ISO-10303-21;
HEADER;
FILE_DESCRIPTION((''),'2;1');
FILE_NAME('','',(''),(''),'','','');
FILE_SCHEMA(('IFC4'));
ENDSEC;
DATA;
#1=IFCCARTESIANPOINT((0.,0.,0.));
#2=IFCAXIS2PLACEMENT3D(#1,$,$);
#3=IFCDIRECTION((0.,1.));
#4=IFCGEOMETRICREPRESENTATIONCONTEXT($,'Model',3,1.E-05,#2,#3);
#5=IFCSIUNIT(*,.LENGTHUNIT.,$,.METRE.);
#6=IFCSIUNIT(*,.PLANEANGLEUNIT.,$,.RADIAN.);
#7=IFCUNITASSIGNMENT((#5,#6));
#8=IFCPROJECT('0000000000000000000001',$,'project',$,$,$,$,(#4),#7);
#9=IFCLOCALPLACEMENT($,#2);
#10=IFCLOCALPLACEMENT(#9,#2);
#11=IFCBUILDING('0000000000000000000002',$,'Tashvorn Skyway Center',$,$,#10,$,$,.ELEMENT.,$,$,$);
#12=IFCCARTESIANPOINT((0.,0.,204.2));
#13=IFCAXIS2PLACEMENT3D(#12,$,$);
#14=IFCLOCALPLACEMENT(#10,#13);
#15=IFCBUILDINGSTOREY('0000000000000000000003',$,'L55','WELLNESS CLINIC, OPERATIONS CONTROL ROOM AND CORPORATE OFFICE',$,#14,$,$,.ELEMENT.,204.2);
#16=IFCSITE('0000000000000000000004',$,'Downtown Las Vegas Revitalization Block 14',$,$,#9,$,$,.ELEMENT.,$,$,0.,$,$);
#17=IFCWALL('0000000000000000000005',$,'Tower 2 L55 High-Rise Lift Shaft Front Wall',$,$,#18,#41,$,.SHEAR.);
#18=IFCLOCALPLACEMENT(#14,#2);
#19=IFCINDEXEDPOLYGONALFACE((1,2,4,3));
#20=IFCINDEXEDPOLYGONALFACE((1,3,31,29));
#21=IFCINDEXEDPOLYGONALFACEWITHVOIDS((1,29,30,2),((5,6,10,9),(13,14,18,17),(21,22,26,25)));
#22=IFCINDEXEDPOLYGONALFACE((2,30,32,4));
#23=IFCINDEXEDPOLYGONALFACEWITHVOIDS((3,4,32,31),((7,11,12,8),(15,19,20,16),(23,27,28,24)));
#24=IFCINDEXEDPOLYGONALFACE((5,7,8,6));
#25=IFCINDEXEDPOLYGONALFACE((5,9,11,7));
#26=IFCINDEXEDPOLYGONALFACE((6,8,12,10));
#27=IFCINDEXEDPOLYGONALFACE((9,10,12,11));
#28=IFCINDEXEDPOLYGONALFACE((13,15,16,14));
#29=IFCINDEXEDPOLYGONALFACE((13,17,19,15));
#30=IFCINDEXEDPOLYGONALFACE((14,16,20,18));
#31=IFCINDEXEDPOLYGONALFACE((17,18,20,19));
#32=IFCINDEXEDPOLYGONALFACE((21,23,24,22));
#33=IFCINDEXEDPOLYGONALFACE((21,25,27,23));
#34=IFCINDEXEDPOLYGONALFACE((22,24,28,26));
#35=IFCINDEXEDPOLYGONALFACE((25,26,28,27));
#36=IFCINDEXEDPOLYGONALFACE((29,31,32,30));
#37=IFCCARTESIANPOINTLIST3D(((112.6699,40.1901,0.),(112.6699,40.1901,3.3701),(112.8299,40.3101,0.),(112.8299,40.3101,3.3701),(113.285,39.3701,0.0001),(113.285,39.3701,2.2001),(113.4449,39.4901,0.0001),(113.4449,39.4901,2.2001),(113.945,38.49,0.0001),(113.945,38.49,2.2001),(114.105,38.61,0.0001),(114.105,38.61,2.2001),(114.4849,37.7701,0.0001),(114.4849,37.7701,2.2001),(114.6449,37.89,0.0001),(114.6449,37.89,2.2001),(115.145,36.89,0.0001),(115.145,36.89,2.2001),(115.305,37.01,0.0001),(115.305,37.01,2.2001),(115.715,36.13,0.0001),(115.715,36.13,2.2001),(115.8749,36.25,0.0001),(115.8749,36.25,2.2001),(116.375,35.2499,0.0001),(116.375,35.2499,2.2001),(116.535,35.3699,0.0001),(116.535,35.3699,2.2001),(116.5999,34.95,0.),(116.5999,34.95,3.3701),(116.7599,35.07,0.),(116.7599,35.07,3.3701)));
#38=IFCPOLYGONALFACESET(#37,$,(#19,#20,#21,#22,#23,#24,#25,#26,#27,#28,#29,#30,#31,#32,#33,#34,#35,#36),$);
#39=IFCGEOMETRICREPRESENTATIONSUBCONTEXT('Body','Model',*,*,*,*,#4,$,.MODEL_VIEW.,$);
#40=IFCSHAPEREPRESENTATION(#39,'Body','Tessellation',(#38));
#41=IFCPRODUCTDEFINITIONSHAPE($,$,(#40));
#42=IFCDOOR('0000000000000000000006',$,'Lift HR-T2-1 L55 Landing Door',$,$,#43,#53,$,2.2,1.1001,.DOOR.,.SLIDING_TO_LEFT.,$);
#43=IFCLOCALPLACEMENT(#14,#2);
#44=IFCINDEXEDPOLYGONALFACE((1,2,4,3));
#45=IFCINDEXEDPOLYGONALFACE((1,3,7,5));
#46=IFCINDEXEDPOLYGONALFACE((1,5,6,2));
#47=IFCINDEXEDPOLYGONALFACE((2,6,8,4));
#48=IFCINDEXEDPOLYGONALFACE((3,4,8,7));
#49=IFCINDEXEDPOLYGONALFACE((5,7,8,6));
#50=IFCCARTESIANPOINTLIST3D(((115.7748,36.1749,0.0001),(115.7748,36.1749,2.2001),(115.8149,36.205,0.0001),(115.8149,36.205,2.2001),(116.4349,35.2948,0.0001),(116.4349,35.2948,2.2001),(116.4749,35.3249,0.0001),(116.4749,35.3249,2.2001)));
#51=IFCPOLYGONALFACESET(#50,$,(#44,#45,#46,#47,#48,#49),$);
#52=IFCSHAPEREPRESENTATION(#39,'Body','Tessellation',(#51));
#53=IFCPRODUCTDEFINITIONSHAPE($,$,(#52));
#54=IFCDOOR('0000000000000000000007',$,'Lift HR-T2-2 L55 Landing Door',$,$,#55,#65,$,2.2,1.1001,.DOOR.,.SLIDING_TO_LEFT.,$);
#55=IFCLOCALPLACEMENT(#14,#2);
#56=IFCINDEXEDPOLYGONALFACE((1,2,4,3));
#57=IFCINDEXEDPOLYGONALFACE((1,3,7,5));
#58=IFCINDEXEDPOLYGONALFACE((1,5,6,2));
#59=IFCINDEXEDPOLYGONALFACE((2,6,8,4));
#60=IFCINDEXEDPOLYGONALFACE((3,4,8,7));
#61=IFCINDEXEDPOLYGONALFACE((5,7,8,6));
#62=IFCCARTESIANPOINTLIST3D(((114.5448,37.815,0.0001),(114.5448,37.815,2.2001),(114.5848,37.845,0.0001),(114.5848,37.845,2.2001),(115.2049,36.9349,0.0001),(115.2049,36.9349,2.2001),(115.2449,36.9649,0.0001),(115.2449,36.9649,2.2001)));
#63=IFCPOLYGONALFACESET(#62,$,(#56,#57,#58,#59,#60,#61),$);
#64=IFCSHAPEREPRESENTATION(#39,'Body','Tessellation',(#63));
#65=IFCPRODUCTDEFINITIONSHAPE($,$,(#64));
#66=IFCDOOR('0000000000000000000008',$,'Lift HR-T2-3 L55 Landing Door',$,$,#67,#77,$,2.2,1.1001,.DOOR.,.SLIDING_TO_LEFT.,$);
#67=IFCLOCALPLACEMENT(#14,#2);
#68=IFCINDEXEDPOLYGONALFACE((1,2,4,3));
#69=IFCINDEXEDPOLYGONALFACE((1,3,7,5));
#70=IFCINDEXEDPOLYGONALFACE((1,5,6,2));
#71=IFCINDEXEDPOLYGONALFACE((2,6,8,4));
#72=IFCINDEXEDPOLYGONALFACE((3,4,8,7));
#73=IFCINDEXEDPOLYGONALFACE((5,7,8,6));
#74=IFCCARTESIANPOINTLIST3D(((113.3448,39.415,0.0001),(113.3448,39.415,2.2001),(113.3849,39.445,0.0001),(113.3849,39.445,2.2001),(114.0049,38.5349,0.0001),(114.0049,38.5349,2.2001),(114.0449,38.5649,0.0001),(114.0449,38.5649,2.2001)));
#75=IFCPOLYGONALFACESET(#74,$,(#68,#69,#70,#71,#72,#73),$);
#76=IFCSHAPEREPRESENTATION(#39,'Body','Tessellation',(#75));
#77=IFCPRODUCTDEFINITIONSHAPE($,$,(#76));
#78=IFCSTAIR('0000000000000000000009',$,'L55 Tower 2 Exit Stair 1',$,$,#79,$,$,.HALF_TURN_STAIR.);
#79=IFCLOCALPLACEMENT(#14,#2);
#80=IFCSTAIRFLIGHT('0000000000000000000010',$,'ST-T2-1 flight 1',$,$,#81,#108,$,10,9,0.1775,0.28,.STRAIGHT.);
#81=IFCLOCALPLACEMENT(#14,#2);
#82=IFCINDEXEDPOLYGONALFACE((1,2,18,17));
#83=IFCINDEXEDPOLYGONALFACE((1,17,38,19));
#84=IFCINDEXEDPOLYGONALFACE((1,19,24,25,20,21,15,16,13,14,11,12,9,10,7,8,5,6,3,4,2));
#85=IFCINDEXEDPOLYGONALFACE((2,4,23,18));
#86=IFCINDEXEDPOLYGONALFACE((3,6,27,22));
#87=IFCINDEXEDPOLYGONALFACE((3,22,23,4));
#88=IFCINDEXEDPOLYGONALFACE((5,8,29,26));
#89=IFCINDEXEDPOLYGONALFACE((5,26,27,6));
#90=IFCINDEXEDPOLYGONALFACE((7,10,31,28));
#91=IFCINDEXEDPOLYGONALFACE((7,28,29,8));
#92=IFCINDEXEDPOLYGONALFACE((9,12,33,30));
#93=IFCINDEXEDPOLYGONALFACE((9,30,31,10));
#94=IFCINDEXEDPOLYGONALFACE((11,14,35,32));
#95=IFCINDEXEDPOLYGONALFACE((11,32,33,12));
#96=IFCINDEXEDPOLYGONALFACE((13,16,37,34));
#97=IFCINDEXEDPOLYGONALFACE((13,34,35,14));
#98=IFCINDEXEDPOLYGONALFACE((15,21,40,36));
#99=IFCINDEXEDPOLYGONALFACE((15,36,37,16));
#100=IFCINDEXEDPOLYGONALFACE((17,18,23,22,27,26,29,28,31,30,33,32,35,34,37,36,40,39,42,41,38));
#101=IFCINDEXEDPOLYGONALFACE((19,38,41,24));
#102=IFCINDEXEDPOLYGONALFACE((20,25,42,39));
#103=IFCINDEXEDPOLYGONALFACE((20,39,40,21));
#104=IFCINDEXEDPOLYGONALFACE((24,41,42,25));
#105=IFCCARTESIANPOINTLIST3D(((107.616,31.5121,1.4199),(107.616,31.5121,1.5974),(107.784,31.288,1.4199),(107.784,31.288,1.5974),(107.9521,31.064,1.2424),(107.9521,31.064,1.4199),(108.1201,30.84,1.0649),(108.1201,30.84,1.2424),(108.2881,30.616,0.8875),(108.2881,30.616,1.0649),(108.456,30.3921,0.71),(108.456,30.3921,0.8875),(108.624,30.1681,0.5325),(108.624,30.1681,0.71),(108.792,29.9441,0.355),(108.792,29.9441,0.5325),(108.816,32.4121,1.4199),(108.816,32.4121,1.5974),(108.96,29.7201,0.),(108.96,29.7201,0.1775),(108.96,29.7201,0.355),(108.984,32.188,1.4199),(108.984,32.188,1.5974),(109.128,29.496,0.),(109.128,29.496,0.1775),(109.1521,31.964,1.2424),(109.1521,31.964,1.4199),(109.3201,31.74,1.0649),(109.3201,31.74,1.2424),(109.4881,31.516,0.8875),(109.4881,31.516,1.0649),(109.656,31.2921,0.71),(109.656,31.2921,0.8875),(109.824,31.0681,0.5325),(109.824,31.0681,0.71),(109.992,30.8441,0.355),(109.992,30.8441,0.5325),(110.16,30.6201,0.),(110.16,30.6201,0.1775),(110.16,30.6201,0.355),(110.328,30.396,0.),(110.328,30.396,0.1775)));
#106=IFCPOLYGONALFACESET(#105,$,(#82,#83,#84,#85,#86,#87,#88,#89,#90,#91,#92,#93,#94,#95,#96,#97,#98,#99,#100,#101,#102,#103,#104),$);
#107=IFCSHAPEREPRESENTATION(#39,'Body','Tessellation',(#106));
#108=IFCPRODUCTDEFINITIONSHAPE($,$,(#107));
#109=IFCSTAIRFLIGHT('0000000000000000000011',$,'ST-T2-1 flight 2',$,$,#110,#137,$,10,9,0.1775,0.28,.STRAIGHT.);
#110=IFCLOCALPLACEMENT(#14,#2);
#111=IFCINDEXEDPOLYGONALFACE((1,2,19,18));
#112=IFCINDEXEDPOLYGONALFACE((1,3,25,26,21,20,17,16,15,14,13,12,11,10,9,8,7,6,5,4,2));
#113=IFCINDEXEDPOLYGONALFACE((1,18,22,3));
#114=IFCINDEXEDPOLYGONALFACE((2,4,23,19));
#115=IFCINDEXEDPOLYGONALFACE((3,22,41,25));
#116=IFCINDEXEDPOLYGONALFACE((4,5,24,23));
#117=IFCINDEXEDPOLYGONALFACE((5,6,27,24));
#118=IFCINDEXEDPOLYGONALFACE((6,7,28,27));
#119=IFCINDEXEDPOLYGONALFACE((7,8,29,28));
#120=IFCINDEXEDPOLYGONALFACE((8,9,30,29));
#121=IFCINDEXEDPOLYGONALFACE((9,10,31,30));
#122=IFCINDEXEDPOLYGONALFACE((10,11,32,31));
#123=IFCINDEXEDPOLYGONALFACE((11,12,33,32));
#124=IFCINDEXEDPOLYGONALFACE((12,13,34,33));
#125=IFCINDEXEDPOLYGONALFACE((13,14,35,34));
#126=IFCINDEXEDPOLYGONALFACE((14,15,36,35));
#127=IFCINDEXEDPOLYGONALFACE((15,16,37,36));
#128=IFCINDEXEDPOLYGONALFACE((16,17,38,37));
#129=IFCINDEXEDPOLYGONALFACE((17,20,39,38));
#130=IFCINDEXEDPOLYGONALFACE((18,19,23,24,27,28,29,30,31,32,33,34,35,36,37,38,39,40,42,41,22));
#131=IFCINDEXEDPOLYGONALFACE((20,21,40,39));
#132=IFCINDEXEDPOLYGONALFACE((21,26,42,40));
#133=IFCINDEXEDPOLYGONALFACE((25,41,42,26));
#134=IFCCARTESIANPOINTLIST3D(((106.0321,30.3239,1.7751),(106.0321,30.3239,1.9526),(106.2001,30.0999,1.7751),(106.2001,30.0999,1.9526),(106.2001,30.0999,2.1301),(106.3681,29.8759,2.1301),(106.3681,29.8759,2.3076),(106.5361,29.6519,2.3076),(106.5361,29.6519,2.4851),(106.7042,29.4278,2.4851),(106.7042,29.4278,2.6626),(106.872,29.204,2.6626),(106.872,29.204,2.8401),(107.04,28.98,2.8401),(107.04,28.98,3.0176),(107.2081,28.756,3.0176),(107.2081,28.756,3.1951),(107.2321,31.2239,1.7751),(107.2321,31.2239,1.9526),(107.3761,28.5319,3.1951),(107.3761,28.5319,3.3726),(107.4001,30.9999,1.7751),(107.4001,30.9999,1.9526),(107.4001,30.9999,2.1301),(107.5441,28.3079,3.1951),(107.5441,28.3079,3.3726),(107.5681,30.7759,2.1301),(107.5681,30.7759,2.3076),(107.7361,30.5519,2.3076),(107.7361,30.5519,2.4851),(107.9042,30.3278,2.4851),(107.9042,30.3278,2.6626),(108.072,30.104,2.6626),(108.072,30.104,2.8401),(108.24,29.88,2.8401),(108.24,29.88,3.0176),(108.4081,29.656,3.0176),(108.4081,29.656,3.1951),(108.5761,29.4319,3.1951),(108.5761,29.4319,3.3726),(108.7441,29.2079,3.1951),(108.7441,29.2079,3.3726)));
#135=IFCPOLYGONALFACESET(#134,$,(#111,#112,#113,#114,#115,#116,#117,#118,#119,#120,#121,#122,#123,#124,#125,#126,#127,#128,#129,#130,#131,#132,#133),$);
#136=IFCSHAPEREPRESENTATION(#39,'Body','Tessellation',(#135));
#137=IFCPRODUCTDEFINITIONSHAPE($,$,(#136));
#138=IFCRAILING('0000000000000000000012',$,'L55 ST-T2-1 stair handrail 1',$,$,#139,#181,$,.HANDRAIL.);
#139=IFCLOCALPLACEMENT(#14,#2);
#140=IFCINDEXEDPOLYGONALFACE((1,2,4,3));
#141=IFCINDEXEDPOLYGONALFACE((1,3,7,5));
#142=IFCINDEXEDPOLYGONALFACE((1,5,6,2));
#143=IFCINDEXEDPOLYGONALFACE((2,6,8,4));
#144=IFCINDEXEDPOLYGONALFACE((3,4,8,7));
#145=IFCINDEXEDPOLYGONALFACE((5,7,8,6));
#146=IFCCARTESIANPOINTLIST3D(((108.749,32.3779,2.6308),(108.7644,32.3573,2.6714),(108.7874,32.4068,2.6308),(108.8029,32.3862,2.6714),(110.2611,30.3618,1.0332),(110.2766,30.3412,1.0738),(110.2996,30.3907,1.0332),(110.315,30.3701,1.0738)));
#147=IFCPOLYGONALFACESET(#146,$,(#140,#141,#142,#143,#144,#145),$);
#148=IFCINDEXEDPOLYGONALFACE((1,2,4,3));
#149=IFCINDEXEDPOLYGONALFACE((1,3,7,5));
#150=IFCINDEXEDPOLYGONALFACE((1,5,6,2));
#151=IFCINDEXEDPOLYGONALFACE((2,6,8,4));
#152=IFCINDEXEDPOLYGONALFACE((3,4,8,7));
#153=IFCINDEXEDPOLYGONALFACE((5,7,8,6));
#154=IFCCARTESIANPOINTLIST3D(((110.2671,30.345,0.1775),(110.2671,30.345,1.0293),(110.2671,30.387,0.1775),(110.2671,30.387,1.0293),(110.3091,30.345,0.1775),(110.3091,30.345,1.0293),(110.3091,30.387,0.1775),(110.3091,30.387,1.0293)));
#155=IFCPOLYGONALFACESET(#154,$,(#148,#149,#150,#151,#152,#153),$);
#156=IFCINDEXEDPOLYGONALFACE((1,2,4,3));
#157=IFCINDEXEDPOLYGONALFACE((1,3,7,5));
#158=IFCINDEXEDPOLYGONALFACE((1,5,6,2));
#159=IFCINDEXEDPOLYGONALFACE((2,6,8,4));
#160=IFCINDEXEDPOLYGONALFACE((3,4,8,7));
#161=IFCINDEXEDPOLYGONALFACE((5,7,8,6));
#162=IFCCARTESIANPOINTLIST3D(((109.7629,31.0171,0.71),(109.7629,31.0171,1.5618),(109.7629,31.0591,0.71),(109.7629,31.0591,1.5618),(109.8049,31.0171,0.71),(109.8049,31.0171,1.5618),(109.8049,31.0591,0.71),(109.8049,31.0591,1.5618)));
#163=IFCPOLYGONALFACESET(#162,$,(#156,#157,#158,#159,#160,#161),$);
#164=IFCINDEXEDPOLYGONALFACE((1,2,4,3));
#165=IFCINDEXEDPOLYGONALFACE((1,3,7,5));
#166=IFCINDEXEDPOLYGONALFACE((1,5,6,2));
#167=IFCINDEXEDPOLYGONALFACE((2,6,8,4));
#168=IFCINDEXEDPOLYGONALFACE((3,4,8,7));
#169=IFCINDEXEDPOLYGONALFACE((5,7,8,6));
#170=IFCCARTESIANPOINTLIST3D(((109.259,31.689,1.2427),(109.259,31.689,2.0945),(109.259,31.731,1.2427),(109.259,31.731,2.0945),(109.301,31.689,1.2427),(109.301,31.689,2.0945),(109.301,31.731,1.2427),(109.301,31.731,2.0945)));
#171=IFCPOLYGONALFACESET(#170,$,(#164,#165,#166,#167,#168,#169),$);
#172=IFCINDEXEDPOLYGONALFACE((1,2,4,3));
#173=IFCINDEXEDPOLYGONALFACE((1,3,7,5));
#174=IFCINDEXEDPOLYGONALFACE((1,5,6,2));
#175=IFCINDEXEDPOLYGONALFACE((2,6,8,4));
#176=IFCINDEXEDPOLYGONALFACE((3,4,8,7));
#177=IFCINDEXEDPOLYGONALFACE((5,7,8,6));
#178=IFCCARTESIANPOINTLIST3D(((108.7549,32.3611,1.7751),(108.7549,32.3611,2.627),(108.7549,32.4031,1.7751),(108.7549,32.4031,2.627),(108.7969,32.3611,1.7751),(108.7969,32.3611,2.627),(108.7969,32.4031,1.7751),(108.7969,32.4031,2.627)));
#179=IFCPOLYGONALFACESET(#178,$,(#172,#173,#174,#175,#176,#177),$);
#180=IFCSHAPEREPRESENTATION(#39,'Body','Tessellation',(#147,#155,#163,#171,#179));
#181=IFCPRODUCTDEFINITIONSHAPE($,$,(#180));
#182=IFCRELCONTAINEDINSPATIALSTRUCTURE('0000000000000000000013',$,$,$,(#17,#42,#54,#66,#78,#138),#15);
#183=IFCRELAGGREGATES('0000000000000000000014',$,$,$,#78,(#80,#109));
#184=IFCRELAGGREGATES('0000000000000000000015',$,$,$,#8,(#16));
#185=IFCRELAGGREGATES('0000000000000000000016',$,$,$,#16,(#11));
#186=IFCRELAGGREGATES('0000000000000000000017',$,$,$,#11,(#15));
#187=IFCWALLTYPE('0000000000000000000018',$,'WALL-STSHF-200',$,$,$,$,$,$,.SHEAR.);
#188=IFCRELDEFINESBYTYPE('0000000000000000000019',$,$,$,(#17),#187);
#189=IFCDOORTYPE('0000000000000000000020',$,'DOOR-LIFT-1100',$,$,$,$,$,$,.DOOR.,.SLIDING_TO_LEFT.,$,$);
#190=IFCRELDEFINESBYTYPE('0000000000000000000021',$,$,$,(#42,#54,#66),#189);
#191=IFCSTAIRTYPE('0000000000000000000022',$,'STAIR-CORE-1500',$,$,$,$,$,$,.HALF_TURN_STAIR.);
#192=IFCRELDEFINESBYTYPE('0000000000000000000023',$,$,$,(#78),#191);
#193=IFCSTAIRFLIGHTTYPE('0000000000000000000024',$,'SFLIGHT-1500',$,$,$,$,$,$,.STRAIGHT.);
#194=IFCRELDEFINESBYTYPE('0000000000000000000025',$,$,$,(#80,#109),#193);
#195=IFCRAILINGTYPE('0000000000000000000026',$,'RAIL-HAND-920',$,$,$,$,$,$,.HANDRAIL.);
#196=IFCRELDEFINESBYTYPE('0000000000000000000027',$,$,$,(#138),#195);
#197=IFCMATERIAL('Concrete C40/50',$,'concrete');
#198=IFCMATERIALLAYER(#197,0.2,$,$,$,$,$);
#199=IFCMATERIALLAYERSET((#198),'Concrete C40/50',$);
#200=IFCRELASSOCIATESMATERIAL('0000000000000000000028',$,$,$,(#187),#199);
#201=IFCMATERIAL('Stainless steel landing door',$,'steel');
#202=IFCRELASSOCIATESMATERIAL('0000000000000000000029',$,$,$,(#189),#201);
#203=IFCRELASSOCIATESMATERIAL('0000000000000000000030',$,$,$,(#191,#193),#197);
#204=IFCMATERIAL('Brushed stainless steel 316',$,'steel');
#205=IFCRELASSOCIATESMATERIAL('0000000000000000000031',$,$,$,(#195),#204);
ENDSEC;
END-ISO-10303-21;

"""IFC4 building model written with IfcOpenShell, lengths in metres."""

from ifc_helpers import new_model, si_unit, direction, frame, frame_2d, origin, origin_2d, place, context, subcontext, project, spatial, polyline, rectangle, outline, extrude, material, layer, layer_set, type_object, element, fill, aggregate, save


model = new_model("IFC4")

# Units and contexts
model_context = context("Model", 3, precision=1e-05, world=origin(), true_north=direction((0.0, 1.0)))
body_context = subcontext(model_context, "Body", "Model", "MODEL_VIEW")
ifc_project = project(units=[si_unit("LENGTHUNIT", "METRE"), si_unit("PLANEANGLEUNIT", "RADIAN")], contexts=[model_context])

# Site, building, storey
site_placement = place(None, origin())
site = spatial("IfcSite", under=ifc_project, at=site_placement, Name="Downtown Las Vegas Revitalization Block 14", CompositionType="ELEMENT", RefElevation=0.0)
building_placement = place(site_placement, origin())
building = spatial("IfcBuilding", under=site, at=building_placement, Name="Tashvorn Skyway Center", CompositionType="ELEMENT")
storey_placement = place(building_placement, frame((0.0, 0.0, 204.2)))
storey = spatial("IfcBuildingStorey", under=building, at=storey_placement, Name="L55", Description="WELLNESS CLINIC, OPERATIONS CONTROL ROOM AND CORPORATE OFFICE", CompositionType="ELEMENT", Elevation=204.2)

# Shared definitions
ifc_material_1 = material(Name="Concrete C40/50", Category="concrete")

# Wall, openings, doors
ifc_layer_1 = layer(ifc_material_1, 0.2)
ifc_layer_set_1 = layer_set([ifc_layer_1], Name="Concrete C40/50")
wall_type_1 = type_object("IfcWallType", Name="WALL-STSHF-200", PredefinedType="SHEAR", material=ifc_layer_set_1)
wall_1_placement = place(storey_placement, frame((112.75, 40.25, 0.0), z_axis=(0.0, 0.0, 1.0), x_axis=(0.599994, -0.800004, 0.0)))
wall_1 = element("IfcWall", 1, at=wall_1_placement, inside=storey, type_object=wall_type_1, Name="Tower 2 L55 High-Rise Lift Shaft Front Wall", PredefinedType="SHEAR", context=body_context, shape_type="SweptSolid", body=[
    extrude(rectangle(XDim=6.55, YDim=0.2, at=frame_2d((3.2749, 0.0))), origin(), (0.0, 0.0, 1.0), 3.3701),
])
opening_1_placement = place(wall_1_placement, frame((5.075, 0.0, 0.0)))
opening_1 = element("IfcOpeningElement", 2, at=opening_1_placement, cuts=wall_1, PredefinedType="OPENING", context=body_context, shape_type="SweptSolid", body=[
    extrude(rectangle(XDim=1.1001, YDim=2.2, at=frame_2d((0.55, 1.1001))), frame((0.0, 0.1099, 0.0), z_axis=(0.0, -1.0, 0.0), x_axis=(1.0, 0.0, 0.0)), (0.0, 0.0, 1.0), 0.22),
])
opening_2_placement = place(wall_1_placement, frame((3.0249, 0.0, 0.0)))
opening_2 = element("IfcOpeningElement", 3, at=opening_2_placement, cuts=wall_1, PredefinedType="OPENING", context=body_context, shape_type="SweptSolid", body=[
    extrude(rectangle(XDim=1.1001, YDim=2.2, at=frame_2d((0.55, 1.1001))), frame((0.0, 0.1099, 0.0), z_axis=(0.0, -1.0, 0.0), x_axis=(1.0, 0.0, 0.0)), (0.0, 0.0, 1.0), 0.22),
])
opening_3_placement = place(wall_1_placement, frame((1.0249, 0.0, 0.0)))
opening_3 = element("IfcOpeningElement", 4, at=opening_3_placement, cuts=wall_1, PredefinedType="OPENING", context=body_context, shape_type="SweptSolid", body=[
    extrude(rectangle(XDim=1.1001, YDim=2.2, at=frame_2d((0.55, 1.1001))), frame((0.0, 0.1099, 0.0), z_axis=(0.0, -1.0, 0.0), x_axis=(1.0, 0.0, 0.0)), (0.0, 0.0, 1.0), 0.22),
])
ifc_material_2 = material(Name="Stainless steel landing door", Category="steel")
door_type_1 = type_object("IfcDoorType", Name="DOOR-LIFT-1100", OperationType="SLIDING_TO_LEFT", PredefinedType="DOOR", material=ifc_material_2)
door_1_placement = place(opening_1_placement, origin())
door_1 = element("IfcDoor", 5, at=door_1_placement, inside=storey, type_object=door_type_1, Name="Lift HR-T2-1 L55 Landing Door", OperationType="SLIDING_TO_LEFT", OverallHeight=2.2, OverallWidth=1.1001, PredefinedType="DOOR", context=body_context, shape_type="SweptSolid", body=[
    extrude(rectangle(XDim=1.1001, YDim=2.2, at=frame_2d((0.55, 1.1001))), frame((0.0, 0.0249, 0.0), z_axis=(0.0, -1.0, 0.0), x_axis=(1.0, 0.0, 0.0)), (0.0, 0.0, 1.0), 0.05),
])
fill(opening_1, door_1)
door_2_placement = place(opening_2_placement, origin())
door_2 = element("IfcDoor", 6, at=door_2_placement, inside=storey, type_object=door_type_1, Name="Lift HR-T2-2 L55 Landing Door", OperationType="SLIDING_TO_LEFT", OverallHeight=2.2, OverallWidth=1.1001, PredefinedType="DOOR", context=body_context, shape_type="SweptSolid", body=[
    extrude(rectangle(XDim=1.1001, YDim=2.2, at=frame_2d((0.55, 1.1001))), frame((0.0, 0.0249, 0.0), z_axis=(0.0, -1.0, 0.0), x_axis=(1.0, 0.0, 0.0)), (0.0, 0.0, 1.0), 0.05),
])
fill(opening_2, door_2)
door_3_placement = place(opening_3_placement, origin())
door_3 = element("IfcDoor", 7, at=door_3_placement, inside=storey, type_object=door_type_1, Name="Lift HR-T2-3 L55 Landing Door", OperationType="SLIDING_TO_LEFT", OverallHeight=2.2, OverallWidth=1.1001, PredefinedType="DOOR", context=body_context, shape_type="SweptSolid", body=[
    extrude(rectangle(XDim=1.1001, YDim=2.2, at=frame_2d((0.55, 1.1001))), frame((0.0, 0.0249, 0.0), z_axis=(0.0, -1.0, 0.0), x_axis=(1.0, 0.0, 0.0)), (0.0, 0.0, 1.0), 0.05),
])
fill(opening_3, door_3)

# Stair, stair flights
stair_type = type_object("IfcStairType", Name="STAIR-CORE-1500", PredefinedType="HALF_TURN_STAIR", material=ifc_material_1)
stair_placement = place(storey_placement, origin())
stair = element("IfcStair", 8, at=stair_placement, inside=storey, type_object=stair_type, Name="L55 Tower 2 Exit Stair 1", PredefinedType="HALF_TURN_STAIR")
stair_flight_type = type_object("IfcStairFlightType", Name="SFLIGHT-1500", PredefinedType="STRAIGHT", material=ifc_material_1)
stair_flight_1_placement = place(storey_placement, frame((109.728, 29.946, 0.0), z_axis=(0.0, 0.0, 1.0), x_axis=(-0.6, 0.8, 0.0)))
stair_flight_1 = element("IfcStairFlight", 9, at=stair_flight_1_placement, type_object=stair_flight_type, Name="ST-T2-1 flight 1", NumberOfRisers=10, NumberOfTreads=9, PredefinedType="STRAIGHT", RiserHeight=0.1775, TreadLength=0.28, context=body_context, shape_type="SweptSolid", body=[
    extrude(outline(polyline([(0.0, 0.0), (0.0, 0.1775), (0.28, 0.1775), (0.28, 0.355), (0.5601, 0.355), (0.5601, 0.5325), (0.8401, 0.5325), (0.8401, 0.71), (1.1201, 0.71), (1.1201, 0.8875), (1.3999, 0.8875), (1.3999, 1.0649), (1.6799, 1.0649), (1.6799, 1.2424), (1.96, 1.2424), (1.96, 1.4199), (2.24, 1.4199), (2.24, 1.5974), (2.52, 1.5974), (2.52, 1.7749), (2.52, 1.4199), (0.28, 0.0), (0.0, 0.0)])), frame((0.0, 0.75, 0.0), z_axis=(0.0, -1.0, 0.0), x_axis=(1.0, 0.0, 0.0)), (0.0, 0.0, 1.0), 1.5),
])
stair_flight_2_placement = place(storey_placement, frame((106.6321, 30.7739, 1.7751), z_axis=(0.0, 0.0, 1.0), x_axis=(0.6, -0.8, 0.0)))
stair_flight_2 = element("IfcStairFlight", 10, at=stair_flight_2_placement, type_object=stair_flight_type, Name="ST-T2-1 flight 2", NumberOfRisers=10, NumberOfTreads=9, PredefinedType="STRAIGHT", RiserHeight=0.1775, TreadLength=0.28, context=body_context, shape_type="SweptSolid", body=[
    extrude(outline(polyline([(0.0, 0.0), (0.0, 0.1775), (0.28, 0.1775), (0.28, 0.355), (0.5601, 0.355), (0.5601, 0.5325), (0.8401, 0.5325), (0.8401, 0.71), (1.1201, 0.71), (1.1201, 0.8875), (1.3999, 0.8875), (1.3999, 1.0649), (1.6799, 1.0649), (1.6799, 1.2424), (1.96, 1.2424), (1.96, 1.4199), (2.24, 1.4199), (2.24, 1.5974), (2.52, 1.5974), (2.52, 1.7749), (2.52, 1.4199), (0.28, 0.0), (0.0, 0.0)])), frame((0.0, 0.75, 0.0), z_axis=(0.0, -1.0, 0.0), x_axis=(1.0, 0.0, 0.0)), (0.0, 0.0, 1.0), 1.5),
])
aggregate(stair, [stair_flight_1, stair_flight_2])

# Railing
ifc_material_3 = material(Name="Brushed stainless steel 316", Category="steel")
railing_type_1 = type_object("IfcRailingType", Name="RAIL-HAND-920", PredefinedType="HANDRAIL", material=ifc_material_3)
railing_1_placement = place(storey_placement, frame((110.2881, 30.366, 0.1775)))
element("IfcRailing", 11, at=railing_1_placement, inside=storey, type_object=railing_type_1, Name="L55 ST-T2-1 stair handrail 1", PredefinedType="HANDRAIL", context=body_context, shape_type="SweptSolid", body=[
    extrude(rectangle(XDim=0.0481, YDim=0.0481, at=origin_2d()), frame((0.0, 0.0, 0.876), z_axis=(-0.506779, 0.675651, 0.535416), x_axis=(-0.799977, -0.600031, 0.0)), (0.0, 0.0, 1.0), 2.9839),
    extrude(rectangle(XDim=0.042, YDim=0.042, at=origin_2d()), origin(), (0.0, 0.0, 1.0), 0.8518),
    extrude(rectangle(XDim=0.042, YDim=0.042, at=origin_2d()), frame((-0.5042, 0.6721, 0.5325)), (0.0, 0.0, 1.0), 0.8518),
    extrude(rectangle(XDim=0.042, YDim=0.042, at=origin_2d()), frame((-1.0081, 1.344, 1.0652)), (0.0, 0.0, 1.0), 0.8518),
    extrude(rectangle(XDim=0.042, YDim=0.042, at=origin_2d()), frame((-1.5122, 2.0161, 1.5977)), (0.0, 0.0, 1.0), 0.8518),
])

save(model, "model.ifc")
